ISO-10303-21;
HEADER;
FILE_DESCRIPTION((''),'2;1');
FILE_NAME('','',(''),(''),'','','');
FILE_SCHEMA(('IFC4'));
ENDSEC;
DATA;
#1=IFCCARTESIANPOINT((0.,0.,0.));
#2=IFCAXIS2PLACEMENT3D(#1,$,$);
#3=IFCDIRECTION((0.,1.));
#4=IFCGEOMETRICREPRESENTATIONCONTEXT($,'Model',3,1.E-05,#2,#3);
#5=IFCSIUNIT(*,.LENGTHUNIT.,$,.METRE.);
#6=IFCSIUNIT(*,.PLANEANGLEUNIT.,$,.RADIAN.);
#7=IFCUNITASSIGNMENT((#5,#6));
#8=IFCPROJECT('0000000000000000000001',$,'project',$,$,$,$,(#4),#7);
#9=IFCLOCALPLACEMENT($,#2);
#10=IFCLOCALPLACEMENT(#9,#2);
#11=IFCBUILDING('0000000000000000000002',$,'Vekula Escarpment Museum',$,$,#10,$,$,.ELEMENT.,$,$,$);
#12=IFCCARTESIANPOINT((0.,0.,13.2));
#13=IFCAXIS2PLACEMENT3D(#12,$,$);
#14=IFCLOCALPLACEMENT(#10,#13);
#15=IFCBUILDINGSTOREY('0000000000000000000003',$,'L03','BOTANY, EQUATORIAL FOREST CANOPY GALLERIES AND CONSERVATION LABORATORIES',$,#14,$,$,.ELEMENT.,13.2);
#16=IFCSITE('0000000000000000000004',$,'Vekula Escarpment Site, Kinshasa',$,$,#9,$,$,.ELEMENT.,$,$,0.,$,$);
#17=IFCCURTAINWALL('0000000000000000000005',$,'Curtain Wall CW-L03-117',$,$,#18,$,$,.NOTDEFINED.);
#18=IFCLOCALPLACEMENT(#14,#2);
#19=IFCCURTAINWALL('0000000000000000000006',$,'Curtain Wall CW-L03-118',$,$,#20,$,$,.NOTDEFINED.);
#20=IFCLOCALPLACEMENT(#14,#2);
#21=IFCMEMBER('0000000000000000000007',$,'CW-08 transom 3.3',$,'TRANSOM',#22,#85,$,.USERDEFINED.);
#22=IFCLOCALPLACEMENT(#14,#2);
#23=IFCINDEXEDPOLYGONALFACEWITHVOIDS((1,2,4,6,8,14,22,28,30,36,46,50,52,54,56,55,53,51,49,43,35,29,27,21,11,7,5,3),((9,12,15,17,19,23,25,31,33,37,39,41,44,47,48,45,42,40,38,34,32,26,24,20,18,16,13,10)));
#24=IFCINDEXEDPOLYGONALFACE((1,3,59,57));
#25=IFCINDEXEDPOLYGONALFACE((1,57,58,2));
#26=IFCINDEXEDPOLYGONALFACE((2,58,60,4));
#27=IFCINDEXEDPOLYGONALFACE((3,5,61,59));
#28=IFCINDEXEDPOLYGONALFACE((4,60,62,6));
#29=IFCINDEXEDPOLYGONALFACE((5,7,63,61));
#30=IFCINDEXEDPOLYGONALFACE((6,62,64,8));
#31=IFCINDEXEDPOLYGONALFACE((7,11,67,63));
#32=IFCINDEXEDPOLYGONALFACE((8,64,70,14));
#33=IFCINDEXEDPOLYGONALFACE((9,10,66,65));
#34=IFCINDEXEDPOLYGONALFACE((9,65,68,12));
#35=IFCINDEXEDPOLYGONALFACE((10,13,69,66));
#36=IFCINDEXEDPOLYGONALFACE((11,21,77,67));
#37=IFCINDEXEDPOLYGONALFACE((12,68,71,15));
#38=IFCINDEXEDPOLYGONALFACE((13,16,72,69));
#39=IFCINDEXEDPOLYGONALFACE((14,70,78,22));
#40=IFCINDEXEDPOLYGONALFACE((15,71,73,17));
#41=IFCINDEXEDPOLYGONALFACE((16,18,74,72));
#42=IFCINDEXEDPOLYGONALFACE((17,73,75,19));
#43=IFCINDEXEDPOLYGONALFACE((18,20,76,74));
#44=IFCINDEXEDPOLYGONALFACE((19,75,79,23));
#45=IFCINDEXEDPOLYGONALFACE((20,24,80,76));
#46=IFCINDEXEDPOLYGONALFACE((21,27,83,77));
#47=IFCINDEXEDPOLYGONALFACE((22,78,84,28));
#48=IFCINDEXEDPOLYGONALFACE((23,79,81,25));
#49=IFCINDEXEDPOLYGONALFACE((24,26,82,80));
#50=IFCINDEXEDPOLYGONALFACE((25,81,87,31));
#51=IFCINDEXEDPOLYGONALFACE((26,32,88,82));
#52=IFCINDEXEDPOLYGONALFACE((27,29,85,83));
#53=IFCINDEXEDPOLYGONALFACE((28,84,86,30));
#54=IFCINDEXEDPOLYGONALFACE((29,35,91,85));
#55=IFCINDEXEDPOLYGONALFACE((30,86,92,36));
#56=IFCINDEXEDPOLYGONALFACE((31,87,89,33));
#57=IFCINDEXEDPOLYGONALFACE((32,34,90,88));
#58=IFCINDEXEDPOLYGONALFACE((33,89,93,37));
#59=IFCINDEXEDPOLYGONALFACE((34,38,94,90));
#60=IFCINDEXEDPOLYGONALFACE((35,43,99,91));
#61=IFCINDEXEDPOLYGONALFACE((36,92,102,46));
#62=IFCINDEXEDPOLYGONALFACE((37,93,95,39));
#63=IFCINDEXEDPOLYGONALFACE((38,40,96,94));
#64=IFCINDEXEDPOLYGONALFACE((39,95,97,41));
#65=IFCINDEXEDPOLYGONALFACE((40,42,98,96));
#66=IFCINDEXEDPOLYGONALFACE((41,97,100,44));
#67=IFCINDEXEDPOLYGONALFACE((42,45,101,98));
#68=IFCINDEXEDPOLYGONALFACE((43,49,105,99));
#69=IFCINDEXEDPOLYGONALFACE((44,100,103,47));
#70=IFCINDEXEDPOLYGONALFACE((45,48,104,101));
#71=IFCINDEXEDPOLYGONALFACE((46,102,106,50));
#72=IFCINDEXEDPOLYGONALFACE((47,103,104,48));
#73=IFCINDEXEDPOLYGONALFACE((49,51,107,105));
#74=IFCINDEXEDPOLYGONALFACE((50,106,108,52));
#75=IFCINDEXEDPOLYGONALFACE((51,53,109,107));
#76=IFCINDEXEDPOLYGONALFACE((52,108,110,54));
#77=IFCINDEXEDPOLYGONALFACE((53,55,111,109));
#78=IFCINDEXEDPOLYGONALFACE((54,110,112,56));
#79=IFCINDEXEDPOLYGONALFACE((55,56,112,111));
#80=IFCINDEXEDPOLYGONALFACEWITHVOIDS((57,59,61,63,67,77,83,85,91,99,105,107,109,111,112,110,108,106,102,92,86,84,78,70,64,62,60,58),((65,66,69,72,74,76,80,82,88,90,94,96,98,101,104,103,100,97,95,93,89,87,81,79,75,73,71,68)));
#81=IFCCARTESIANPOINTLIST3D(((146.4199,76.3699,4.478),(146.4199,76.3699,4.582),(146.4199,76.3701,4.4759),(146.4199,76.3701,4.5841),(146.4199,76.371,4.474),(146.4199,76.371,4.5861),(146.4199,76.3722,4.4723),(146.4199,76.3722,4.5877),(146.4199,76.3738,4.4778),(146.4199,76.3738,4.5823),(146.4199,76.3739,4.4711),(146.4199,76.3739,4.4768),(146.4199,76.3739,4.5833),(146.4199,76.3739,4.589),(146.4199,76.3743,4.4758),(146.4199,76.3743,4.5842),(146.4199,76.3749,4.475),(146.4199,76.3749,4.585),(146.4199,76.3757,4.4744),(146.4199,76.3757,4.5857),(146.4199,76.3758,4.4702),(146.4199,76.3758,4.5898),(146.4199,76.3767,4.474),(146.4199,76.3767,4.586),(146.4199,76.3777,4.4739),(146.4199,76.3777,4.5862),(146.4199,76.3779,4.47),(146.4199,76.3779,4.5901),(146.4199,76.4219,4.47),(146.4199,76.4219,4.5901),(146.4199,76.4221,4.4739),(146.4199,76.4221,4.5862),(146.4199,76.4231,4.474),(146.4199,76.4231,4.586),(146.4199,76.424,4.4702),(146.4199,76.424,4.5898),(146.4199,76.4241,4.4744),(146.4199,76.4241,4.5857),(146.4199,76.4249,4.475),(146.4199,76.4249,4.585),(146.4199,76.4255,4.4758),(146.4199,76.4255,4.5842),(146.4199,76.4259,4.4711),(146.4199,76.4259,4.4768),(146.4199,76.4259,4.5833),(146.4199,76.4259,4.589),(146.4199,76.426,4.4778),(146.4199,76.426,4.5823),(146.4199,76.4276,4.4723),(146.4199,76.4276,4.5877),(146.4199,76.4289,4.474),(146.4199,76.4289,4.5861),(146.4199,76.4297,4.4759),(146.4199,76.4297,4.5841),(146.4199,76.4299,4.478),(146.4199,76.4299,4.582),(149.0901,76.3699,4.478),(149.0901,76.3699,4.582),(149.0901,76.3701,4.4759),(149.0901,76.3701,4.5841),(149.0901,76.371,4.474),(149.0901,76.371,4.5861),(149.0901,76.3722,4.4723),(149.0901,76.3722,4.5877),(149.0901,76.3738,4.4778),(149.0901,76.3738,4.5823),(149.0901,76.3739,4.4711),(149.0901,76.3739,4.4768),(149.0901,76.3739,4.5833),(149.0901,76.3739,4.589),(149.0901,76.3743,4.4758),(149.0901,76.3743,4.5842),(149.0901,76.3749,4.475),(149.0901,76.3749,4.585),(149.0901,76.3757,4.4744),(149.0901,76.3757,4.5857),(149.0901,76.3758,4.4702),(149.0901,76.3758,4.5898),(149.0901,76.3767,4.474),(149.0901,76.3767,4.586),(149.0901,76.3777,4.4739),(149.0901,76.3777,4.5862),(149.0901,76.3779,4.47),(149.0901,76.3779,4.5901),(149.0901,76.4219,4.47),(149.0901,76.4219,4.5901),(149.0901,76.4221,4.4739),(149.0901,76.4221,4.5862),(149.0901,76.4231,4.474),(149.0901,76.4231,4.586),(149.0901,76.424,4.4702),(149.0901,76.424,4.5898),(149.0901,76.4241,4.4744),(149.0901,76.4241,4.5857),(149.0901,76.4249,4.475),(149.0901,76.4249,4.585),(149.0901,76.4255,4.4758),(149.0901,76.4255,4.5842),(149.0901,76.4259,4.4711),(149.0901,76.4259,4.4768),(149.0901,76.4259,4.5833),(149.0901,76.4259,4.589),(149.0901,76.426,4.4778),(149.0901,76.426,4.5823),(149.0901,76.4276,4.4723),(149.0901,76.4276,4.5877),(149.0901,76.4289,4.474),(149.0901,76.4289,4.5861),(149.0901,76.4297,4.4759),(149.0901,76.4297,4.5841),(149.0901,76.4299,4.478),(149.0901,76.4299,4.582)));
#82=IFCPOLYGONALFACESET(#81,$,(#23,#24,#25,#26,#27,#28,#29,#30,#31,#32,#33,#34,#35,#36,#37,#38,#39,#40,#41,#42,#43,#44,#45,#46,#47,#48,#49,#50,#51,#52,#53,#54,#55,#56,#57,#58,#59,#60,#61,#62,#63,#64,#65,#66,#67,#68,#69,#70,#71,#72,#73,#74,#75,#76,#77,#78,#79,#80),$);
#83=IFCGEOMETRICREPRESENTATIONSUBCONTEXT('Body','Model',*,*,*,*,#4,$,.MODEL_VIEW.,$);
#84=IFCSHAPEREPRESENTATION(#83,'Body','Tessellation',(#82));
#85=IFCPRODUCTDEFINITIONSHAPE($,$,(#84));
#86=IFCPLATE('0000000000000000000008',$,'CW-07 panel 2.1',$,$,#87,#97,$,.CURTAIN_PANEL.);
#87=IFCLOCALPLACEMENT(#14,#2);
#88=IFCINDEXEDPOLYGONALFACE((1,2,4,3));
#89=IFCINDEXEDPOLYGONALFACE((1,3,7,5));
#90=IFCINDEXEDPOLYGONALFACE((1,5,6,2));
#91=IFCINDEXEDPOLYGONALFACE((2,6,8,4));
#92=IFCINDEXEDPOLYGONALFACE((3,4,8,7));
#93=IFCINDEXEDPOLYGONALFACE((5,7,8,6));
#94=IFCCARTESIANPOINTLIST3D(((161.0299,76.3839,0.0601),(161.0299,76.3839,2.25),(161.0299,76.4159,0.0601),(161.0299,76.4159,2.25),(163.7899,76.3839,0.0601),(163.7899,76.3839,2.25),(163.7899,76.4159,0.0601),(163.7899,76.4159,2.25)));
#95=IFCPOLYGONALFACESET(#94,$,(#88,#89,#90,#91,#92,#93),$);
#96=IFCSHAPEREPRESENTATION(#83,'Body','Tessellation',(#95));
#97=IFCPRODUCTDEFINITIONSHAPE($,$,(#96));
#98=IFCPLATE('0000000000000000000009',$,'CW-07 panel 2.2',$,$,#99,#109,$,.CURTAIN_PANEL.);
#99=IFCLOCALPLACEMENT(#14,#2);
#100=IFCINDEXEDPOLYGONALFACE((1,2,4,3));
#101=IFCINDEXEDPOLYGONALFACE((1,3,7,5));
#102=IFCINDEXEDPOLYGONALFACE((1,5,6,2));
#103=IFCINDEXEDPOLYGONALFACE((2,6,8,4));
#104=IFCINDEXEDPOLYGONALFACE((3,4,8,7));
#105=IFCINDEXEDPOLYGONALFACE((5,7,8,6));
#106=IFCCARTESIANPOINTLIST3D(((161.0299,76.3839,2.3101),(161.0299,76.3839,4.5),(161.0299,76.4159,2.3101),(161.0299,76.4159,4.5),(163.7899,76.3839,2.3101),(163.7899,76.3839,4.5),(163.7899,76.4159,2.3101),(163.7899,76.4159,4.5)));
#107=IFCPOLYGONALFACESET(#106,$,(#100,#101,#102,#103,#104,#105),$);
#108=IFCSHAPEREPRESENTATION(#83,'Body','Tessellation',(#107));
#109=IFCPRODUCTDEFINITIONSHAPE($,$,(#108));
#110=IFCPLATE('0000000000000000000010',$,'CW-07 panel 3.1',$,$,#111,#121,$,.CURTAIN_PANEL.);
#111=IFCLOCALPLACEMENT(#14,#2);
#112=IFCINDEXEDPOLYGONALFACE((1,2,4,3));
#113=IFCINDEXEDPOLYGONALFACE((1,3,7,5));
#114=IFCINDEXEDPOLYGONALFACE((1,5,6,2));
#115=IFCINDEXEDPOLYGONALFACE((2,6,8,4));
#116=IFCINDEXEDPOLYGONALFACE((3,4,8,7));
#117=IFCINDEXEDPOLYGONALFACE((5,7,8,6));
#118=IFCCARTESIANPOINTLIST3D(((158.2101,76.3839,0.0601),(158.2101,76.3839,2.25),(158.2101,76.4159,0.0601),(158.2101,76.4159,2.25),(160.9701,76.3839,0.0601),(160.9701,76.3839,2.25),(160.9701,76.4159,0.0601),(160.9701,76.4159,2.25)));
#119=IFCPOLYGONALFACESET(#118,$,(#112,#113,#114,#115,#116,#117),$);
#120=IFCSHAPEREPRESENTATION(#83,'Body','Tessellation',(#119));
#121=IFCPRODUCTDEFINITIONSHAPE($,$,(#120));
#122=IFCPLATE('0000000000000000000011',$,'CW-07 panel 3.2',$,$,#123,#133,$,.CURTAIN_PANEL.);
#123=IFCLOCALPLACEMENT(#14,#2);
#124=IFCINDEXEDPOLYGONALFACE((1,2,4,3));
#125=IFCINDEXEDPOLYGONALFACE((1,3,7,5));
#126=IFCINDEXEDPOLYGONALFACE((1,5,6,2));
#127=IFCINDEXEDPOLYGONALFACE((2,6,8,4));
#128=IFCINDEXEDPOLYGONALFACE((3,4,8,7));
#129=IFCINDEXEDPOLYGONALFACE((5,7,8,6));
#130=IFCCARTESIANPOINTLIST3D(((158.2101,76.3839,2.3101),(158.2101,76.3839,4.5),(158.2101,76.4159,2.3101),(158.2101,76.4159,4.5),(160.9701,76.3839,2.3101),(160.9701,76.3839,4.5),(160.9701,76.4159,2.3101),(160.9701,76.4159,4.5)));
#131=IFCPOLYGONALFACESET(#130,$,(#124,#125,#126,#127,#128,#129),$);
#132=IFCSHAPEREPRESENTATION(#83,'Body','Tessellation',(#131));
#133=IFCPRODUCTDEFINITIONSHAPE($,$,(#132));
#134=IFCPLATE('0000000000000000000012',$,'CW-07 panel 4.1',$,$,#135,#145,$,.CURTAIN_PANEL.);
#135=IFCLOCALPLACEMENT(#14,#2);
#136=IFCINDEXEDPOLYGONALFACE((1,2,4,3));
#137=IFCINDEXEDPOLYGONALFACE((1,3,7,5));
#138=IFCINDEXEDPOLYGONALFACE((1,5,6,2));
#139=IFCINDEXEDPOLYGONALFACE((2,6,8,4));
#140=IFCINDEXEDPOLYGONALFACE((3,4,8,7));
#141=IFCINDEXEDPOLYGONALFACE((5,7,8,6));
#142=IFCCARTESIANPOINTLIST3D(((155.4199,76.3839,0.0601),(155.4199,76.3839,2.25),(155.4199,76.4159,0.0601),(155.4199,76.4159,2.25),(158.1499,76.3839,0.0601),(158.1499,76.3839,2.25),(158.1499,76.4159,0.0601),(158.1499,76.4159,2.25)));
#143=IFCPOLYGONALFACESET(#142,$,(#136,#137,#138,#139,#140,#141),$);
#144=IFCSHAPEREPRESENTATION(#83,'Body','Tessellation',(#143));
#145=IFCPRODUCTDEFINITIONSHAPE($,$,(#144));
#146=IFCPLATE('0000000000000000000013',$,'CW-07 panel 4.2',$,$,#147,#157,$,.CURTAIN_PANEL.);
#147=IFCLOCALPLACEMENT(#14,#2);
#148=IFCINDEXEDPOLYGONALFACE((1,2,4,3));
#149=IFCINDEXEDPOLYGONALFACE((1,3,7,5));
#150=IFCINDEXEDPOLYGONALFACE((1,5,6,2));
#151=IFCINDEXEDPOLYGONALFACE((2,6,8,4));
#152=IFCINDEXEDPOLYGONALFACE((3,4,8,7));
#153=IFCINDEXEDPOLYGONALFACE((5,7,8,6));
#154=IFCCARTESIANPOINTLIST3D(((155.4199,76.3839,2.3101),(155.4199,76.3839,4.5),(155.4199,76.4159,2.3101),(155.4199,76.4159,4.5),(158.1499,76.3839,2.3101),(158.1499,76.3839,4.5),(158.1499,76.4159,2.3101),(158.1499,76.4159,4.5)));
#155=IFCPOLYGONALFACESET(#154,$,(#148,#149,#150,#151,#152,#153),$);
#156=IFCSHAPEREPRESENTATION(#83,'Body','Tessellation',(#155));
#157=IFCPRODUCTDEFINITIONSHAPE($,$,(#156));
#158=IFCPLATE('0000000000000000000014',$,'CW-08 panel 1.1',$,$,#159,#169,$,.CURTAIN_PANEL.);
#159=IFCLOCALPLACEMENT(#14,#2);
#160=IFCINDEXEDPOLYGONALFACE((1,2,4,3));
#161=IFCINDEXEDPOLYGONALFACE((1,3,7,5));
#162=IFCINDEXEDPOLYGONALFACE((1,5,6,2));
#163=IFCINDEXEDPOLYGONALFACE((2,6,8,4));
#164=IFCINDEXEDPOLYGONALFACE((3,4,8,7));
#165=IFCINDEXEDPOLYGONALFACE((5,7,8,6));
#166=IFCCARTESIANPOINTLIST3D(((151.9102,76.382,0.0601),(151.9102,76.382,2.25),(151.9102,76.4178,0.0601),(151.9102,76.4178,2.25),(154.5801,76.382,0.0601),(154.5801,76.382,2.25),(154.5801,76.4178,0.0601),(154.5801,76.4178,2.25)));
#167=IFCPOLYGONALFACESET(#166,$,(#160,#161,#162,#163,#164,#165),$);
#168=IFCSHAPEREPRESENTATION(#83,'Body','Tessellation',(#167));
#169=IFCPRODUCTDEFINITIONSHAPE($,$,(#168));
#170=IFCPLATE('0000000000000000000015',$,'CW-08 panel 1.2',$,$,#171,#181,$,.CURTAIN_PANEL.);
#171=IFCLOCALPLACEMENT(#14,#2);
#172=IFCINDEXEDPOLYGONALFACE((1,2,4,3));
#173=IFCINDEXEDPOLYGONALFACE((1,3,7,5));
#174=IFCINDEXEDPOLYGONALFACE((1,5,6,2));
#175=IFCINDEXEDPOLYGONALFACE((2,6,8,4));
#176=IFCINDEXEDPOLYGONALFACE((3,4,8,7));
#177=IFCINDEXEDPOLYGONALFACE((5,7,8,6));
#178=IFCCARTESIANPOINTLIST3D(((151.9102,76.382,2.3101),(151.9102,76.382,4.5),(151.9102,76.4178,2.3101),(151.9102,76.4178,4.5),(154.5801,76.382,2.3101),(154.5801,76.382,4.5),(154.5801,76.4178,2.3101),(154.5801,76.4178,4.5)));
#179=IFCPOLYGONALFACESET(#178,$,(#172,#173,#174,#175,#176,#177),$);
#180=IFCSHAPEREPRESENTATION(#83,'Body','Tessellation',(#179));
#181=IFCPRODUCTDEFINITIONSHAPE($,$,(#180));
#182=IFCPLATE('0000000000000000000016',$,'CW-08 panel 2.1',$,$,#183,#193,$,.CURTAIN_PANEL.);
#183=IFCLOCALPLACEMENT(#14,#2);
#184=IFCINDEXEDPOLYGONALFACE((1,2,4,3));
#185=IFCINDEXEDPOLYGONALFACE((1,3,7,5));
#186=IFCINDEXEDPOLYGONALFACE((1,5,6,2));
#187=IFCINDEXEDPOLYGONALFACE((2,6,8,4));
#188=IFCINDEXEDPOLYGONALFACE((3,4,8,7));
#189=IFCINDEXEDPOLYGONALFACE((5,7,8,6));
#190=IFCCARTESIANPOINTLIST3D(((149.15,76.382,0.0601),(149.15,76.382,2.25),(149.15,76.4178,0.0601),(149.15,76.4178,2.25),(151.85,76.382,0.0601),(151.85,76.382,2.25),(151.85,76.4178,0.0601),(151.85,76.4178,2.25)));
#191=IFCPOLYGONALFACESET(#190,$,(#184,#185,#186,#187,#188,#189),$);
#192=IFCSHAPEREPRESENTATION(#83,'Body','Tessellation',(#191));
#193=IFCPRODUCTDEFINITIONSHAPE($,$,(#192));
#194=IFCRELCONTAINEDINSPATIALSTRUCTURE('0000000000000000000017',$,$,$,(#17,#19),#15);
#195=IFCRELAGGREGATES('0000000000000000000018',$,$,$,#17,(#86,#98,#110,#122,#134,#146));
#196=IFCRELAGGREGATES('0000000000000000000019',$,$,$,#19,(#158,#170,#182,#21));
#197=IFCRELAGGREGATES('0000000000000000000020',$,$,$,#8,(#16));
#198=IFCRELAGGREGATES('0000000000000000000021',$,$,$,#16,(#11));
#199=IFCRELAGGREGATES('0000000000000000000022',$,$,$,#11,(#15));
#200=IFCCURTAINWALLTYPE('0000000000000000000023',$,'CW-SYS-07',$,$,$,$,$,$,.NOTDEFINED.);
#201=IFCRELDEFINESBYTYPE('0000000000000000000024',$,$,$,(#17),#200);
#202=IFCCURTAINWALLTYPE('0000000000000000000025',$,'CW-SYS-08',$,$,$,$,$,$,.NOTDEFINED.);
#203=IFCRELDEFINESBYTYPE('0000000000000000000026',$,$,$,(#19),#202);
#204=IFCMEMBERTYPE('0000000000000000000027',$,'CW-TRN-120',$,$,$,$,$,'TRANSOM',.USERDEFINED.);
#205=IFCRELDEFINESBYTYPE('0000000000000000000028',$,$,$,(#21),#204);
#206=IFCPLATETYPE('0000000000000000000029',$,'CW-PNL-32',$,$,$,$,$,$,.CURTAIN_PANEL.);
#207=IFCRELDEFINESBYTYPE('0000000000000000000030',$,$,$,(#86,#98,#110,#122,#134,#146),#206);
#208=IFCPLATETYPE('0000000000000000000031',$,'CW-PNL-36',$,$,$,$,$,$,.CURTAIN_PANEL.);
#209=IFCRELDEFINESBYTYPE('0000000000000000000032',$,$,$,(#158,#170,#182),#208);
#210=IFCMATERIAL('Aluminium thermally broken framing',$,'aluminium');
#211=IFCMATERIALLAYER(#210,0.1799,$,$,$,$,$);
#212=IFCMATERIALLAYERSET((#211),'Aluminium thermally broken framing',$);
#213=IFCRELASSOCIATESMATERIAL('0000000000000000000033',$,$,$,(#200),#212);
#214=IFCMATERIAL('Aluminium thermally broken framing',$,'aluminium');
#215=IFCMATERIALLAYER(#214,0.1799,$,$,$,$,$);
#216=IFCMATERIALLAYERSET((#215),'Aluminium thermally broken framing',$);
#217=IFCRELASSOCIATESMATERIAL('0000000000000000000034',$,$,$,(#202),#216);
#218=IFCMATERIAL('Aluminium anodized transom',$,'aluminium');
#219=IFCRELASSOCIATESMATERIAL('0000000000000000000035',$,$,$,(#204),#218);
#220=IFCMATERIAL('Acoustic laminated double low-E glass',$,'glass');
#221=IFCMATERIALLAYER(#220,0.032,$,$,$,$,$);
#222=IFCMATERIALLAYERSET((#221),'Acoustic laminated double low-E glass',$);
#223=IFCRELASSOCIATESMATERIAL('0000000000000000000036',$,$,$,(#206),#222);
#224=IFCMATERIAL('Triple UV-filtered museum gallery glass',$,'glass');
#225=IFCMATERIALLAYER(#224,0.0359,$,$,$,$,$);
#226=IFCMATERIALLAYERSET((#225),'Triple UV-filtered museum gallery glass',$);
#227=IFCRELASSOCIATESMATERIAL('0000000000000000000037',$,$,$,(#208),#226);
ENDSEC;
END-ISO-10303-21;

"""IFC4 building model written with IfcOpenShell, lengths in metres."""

from ifc_helpers import new_model, si_unit, direction, frame, origin, origin_2d, place, context, subcontext, project, spatial, rectangle, hollow_rectangle, extrude, material, layer, layer_set, material_profile, profile_set, type_object, element, aggregate, save


model = new_model("IFC4")

# Units and contexts
model_context = context("Model", 3, precision=1e-05, world=origin(), true_north=direction((0.0, 1.0)))
body_context = subcontext(model_context, "Body", "Model", "MODEL_VIEW")
ifc_project = project(units=[si_unit("LENGTHUNIT", "METRE"), si_unit("PLANEANGLEUNIT", "RADIAN")], contexts=[model_context])

# Site, building, storey
site_placement = place(None, origin())
site = spatial("IfcSite", under=ifc_project, at=site_placement, Name="Vekula Escarpment Site, Kinshasa", CompositionType="ELEMENT", RefElevation=0.0)
building_placement = place(site_placement, origin())
building = spatial("IfcBuilding", under=site, at=building_placement, Name="Vekula Escarpment Museum", CompositionType="ELEMENT")
storey_placement = place(building_placement, frame((0.0, 0.0, 13.2)))
storey = spatial("IfcBuildingStorey", under=building, at=storey_placement, Name="L03", Description="BOTANY, EQUATORIAL FOREST CANOPY GALLERIES AND CONSERVATION LABORATORIES", CompositionType="ELEMENT", Elevation=13.2)

# Curtain walls
ifc_material_1 = material(Name="Aluminium thermally broken framing", Category="aluminium")
ifc_layer_1 = layer(ifc_material_1, 0.1799)
ifc_layer_set_1 = layer_set([ifc_layer_1], Name="Aluminium thermally broken framing")
curtain_wall_type_1 = type_object("IfcCurtainWallType", Name="CW-SYS-07", PredefinedType="NOTDEFINED", material=ifc_layer_set_1)
curtain_wall_1_placement = place(storey_placement, origin())
curtain_wall_1 = element("IfcCurtainWall", 1, at=curtain_wall_1_placement, inside=storey, type_object=curtain_wall_type_1, Name="Curtain Wall CW-L03-117", PredefinedType="NOTDEFINED")
ifc_material_2 = material(Name="Aluminium thermally broken framing", Category="aluminium")
ifc_layer_2 = layer(ifc_material_2, 0.1799)
ifc_layer_set_2 = layer_set([ifc_layer_2], Name="Aluminium thermally broken framing")
curtain_wall_type_2 = type_object("IfcCurtainWallType", Name="CW-SYS-08", PredefinedType="NOTDEFINED", material=ifc_layer_set_2)
curtain_wall_2_placement = place(storey_placement, origin())
curtain_wall_2 = element("IfcCurtainWall", 2, at=curtain_wall_2_placement, inside=storey, type_object=curtain_wall_type_2, Name="Curtain Wall CW-L03-118", PredefinedType="NOTDEFINED")

# Member
ifc_material_3 = material(Name="Aluminium anodized transom", Category="aluminium")
ifc_material_profile_1 = material_profile(ifc_material_3, hollow_rectangle(XDim=0.0601, YDim=0.1201, WallThickness=0.0039, InnerFilletRadius=0.0039, OuterFilletRadius=0.0081, at=origin_2d()), Name="ALU 120x60x4")
ifc_profile_set_1 = profile_set([ifc_material_profile_1], Name="Aluminium anodized transom")
member_type_1 = type_object("IfcMemberType", Name="CW-TRN-120", ElementType="TRANSOM", PredefinedType="USERDEFINED", material=ifc_profile_set_1)
member_1_placement = place(storey_placement, frame((149.0901, 76.3999, 4.53), z_axis=(-1.0, 0.0, 0.0), x_axis=(0.0, -1.0, 0.0)))
member_1 = element("IfcMember", 3, at=member_1_placement, type_object=member_type_1, Name="CW-08 transom 3.3", ObjectType="TRANSOM", PredefinedType="USERDEFINED", context=body_context, shape_type="SweptSolid", body=[
    extrude(hollow_rectangle(XDim=0.0601, YDim=0.1201, WallThickness=0.0039, InnerFilletRadius=0.0039, OuterFilletRadius=0.0081, at=origin_2d()), origin(), (0.0, 0.0, 1.0), 2.6702),
])

# Plates
ifc_material_4 = material(Name="Acoustic laminated double low-E glass", Category="glass")
ifc_layer_3 = layer(ifc_material_4, 0.032)
ifc_layer_set_3 = layer_set([ifc_layer_3], Name="Acoustic laminated double low-E glass")
plate_type_1 = type_object("IfcPlateType", Name="CW-PNL-32", PredefinedType="CURTAIN_PANEL", material=ifc_layer_set_3)
plate_1_placement = place(storey_placement, frame((162.4099, 76.3999, 0.0601), z_axis=(0.0, 0.0, 1.0), x_axis=(-1.0, 0.0, 0.0)))
plate_1 = element("IfcPlate", 4, at=plate_1_placement, type_object=plate_type_1, Name="CW-07 panel 2.1", PredefinedType="CURTAIN_PANEL", context=body_context, shape_type="SweptSolid", body=[
    extrude(rectangle(XDim=2.76, YDim=0.032, at=origin_2d()), origin(), (0.0, 0.0, 1.0), 2.1899),
])
plate_2_placement = place(storey_placement, frame((162.4099, 76.3999, 2.3101), z_axis=(0.0, 0.0, 1.0), x_axis=(-1.0, 0.0, 0.0)))
plate_2 = element("IfcPlate", 5, at=plate_2_placement, type_object=plate_type_1, Name="CW-07 panel 2.2", PredefinedType="CURTAIN_PANEL", context=body_context, shape_type="SweptSolid", body=[
    extrude(rectangle(XDim=2.76, YDim=0.032, at=origin_2d()), origin(), (0.0, 0.0, 1.0), 2.1899),
])
plate_3_placement = place(storey_placement, frame((159.5901, 76.3999, 0.0601), z_axis=(0.0, 0.0, 1.0), x_axis=(-1.0, 0.0, 0.0)))
plate_3 = element("IfcPlate", 6, at=plate_3_placement, type_object=plate_type_1, Name="CW-07 panel 3.1", PredefinedType="CURTAIN_PANEL", context=body_context, shape_type="SweptSolid", body=[
    extrude(rectangle(XDim=2.76, YDim=0.032, at=origin_2d()), origin(), (0.0, 0.0, 1.0), 2.1899),
])
plate_4_placement = place(storey_placement, frame((159.5901, 76.3999, 2.3101), z_axis=(0.0, 0.0, 1.0), x_axis=(-1.0, 0.0, 0.0)))
plate_4 = element("IfcPlate", 7, at=plate_4_placement, type_object=plate_type_1, Name="CW-07 panel 3.2", PredefinedType="CURTAIN_PANEL", context=body_context, shape_type="SweptSolid", body=[
    extrude(rectangle(XDim=2.76, YDim=0.032, at=origin_2d()), origin(), (0.0, 0.0, 1.0), 2.1899),
])
plate_5_placement = place(storey_placement, frame((156.7849, 76.3999, 0.0601), z_axis=(0.0, 0.0, 1.0), x_axis=(-1.0, 0.0, 0.0)))
plate_5 = element("IfcPlate", 8, at=plate_5_placement, type_object=plate_type_1, Name="CW-07 panel 4.1", PredefinedType="CURTAIN_PANEL", context=body_context, shape_type="SweptSolid", body=[
    extrude(rectangle(XDim=2.73, YDim=0.032, at=origin_2d()), origin(), (0.0, 0.0, 1.0), 2.1899),
])
plate_6_placement = place(storey_placement, frame((156.7849, 76.3999, 2.3101), z_axis=(0.0, 0.0, 1.0), x_axis=(-1.0, 0.0, 0.0)))
plate_6 = element("IfcPlate", 9, at=plate_6_placement, type_object=plate_type_1, Name="CW-07 panel 4.2", PredefinedType="CURTAIN_PANEL", context=body_context, shape_type="SweptSolid", body=[
    extrude(rectangle(XDim=2.73, YDim=0.032, at=origin_2d()), origin(), (0.0, 0.0, 1.0), 2.1899),
])
aggregate(curtain_wall_1, [plate_1, plate_2, plate_3, plate_4, plate_5, plate_6])
ifc_material_5 = material(Name="Triple UV-filtered museum gallery glass", Category="glass")
ifc_layer_4 = layer(ifc_material_5, 0.0359)
ifc_layer_set_4 = layer_set([ifc_layer_4], Name="Triple UV-filtered museum gallery glass")
plate_type_2 = type_object("IfcPlateType", Name="CW-PNL-36", PredefinedType="CURTAIN_PANEL", material=ifc_layer_set_4)
plate_7_placement = place(storey_placement, frame((153.2451, 76.3999, 0.0601), z_axis=(0.0, 0.0, 1.0), x_axis=(-1.0, 0.0, 0.0)))
plate_7 = element("IfcPlate", 10, at=plate_7_placement, type_object=plate_type_2, Name="CW-08 panel 1.1", PredefinedType="CURTAIN_PANEL", context=body_context, shape_type="SweptSolid", body=[
    extrude(rectangle(XDim=2.6699, YDim=0.0359, at=origin_2d()), origin(), (0.0, 0.0, 1.0), 2.1899),
])
plate_8_placement = place(storey_placement, frame((153.2451, 76.3999, 2.3101), z_axis=(0.0, 0.0, 1.0), x_axis=(-1.0, 0.0, 0.0)))
plate_8 = element("IfcPlate", 11, at=plate_8_placement, type_object=plate_type_2, Name="CW-08 panel 1.2", PredefinedType="CURTAIN_PANEL", context=body_context, shape_type="SweptSolid", body=[
    extrude(rectangle(XDim=2.6699, YDim=0.0359, at=origin_2d()), origin(), (0.0, 0.0, 1.0), 2.1899),
])
plate_9_placement = place(storey_placement, frame((150.5, 76.3999, 0.0601), z_axis=(0.0, 0.0, 1.0), x_axis=(-1.0, 0.0, 0.0)))
plate_9 = element("IfcPlate", 12, at=plate_9_placement, type_object=plate_type_2, Name="CW-08 panel 2.1", PredefinedType="CURTAIN_PANEL", context=body_context, shape_type="SweptSolid", body=[
    extrude(rectangle(XDim=2.7, YDim=0.0359, at=origin_2d()), origin(), (0.0, 0.0, 1.0), 2.1899),
])
aggregate(curtain_wall_2, [plate_7, plate_8, plate_9, member_1])

save(model, "model.ifc")
